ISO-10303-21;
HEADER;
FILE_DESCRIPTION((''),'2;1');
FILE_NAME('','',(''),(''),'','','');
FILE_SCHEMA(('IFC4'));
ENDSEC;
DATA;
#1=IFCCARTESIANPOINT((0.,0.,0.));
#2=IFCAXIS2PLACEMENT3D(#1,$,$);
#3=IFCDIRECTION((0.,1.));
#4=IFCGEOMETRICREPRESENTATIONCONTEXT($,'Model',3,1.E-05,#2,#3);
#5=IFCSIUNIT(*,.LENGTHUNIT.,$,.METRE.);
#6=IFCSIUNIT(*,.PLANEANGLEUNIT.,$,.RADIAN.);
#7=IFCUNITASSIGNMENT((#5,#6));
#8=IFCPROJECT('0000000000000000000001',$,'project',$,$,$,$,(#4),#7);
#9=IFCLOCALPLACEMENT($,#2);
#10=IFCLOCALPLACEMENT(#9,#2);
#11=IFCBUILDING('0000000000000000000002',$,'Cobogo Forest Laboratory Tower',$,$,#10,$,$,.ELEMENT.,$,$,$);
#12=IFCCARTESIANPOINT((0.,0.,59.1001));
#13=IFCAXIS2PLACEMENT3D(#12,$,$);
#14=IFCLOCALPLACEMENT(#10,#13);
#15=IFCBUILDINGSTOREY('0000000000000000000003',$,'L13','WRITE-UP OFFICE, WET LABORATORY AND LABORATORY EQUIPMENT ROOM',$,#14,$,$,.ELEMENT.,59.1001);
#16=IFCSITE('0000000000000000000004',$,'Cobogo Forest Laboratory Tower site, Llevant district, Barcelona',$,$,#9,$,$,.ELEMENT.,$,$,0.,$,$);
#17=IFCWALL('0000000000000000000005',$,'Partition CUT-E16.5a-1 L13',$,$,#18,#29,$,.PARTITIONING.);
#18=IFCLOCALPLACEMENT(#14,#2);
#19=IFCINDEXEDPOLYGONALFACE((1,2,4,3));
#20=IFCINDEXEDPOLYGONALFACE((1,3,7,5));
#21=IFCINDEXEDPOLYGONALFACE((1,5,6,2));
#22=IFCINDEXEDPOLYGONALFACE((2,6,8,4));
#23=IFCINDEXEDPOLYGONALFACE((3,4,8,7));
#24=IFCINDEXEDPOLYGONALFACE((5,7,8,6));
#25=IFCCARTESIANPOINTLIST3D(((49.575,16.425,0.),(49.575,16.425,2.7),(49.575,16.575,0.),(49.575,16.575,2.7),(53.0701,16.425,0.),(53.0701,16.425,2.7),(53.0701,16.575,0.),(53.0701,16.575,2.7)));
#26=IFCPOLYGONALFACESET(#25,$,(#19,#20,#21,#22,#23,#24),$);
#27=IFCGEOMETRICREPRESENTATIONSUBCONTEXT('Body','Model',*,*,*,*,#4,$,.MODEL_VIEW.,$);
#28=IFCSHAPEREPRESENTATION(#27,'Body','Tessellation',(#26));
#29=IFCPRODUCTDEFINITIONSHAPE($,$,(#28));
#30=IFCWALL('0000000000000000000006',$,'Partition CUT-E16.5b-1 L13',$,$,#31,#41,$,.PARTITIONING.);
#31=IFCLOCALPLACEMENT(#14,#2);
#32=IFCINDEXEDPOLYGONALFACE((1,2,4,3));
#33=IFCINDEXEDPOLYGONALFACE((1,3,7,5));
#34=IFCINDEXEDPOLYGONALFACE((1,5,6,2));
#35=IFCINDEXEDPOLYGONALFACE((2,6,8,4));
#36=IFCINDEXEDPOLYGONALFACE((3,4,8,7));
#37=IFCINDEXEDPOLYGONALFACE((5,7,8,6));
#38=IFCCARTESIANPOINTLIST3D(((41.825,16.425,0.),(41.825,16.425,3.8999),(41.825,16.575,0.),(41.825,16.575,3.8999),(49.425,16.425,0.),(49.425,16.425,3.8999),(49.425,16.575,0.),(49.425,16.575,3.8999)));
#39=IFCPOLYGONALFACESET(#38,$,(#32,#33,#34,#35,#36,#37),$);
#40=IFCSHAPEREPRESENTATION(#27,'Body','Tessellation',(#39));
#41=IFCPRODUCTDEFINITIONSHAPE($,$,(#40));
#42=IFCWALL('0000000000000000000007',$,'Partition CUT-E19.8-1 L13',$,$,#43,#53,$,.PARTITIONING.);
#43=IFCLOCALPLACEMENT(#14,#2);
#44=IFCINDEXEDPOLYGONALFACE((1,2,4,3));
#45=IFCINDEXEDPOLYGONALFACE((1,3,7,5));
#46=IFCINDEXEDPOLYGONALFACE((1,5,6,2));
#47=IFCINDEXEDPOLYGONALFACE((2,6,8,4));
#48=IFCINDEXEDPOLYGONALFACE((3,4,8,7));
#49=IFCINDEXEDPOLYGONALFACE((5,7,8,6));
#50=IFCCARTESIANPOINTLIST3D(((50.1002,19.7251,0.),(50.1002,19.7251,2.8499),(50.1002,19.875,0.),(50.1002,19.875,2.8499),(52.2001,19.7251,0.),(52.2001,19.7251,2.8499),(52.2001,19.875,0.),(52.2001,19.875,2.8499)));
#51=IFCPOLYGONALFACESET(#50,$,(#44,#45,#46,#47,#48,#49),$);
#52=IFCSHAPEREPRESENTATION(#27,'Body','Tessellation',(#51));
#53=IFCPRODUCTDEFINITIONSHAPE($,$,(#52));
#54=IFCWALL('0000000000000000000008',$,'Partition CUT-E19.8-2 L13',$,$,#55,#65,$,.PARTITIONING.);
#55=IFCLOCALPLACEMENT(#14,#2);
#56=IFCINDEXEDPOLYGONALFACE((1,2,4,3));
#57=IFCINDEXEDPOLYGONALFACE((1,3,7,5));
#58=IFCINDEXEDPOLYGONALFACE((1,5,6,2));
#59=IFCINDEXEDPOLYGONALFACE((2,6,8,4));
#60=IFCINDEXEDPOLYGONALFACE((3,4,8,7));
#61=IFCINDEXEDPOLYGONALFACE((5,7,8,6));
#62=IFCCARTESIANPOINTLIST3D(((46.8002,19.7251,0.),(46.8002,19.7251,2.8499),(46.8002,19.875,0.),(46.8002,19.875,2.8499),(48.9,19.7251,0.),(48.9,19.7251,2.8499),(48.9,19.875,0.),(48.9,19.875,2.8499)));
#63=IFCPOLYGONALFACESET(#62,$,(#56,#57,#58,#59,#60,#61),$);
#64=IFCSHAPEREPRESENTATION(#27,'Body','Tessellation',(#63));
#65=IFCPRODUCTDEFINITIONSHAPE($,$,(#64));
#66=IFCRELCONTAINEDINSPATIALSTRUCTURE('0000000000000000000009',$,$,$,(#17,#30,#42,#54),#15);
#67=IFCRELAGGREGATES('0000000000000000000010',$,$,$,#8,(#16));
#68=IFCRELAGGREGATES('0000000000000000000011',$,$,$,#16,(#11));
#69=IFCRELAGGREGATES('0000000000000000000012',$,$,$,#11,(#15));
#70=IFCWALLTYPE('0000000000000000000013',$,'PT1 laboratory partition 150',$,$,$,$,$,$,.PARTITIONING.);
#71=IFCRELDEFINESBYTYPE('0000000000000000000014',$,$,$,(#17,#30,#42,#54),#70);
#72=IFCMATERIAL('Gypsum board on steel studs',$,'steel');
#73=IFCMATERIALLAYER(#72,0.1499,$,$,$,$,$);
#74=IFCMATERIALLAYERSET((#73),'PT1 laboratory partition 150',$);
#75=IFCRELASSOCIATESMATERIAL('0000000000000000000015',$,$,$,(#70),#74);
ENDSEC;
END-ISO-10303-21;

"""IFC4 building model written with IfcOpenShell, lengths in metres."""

from ifc_helpers import new_model, si_unit, direction, frame, frame_2d, origin, place, context, subcontext, project, spatial, rectangle, extrude, material, layer, layer_set, type_object, element, save


model = new_model("IFC4")

# Units and contexts
model_context = context("Model", 3, precision=1e-05, world=origin(), true_north=direction((0.0, 1.0)))
body_context = subcontext(model_context, "Body", "Model", "MODEL_VIEW")
ifc_project = project(units=[si_unit("LENGTHUNIT", "METRE"), si_unit("PLANEANGLEUNIT", "RADIAN")], contexts=[model_context])

# Site, building, storey
site_placement = place(None, origin())
site = spatial("IfcSite", under=ifc_project, at=site_placement, Name="Cobogo Forest Laboratory Tower site, Llevant district, Barcelona", CompositionType="ELEMENT", RefElevation=0.0)
building_placement = place(site_placement, origin())
building = spatial("IfcBuilding", under=site, at=building_placement, Name="Cobogo Forest Laboratory Tower", CompositionType="ELEMENT")
storey_placement = place(building_placement, frame((0.0, 0.0, 59.1001)))
storey = spatial("IfcBuildingStorey", under=building, at=storey_placement, Name="L13", Description="WRITE-UP OFFICE, WET LABORATORY AND LABORATORY EQUIPMENT ROOM", CompositionType="ELEMENT", Elevation=59.1001)

# Walls
ifc_material_1 = material(Name="Gypsum board on steel studs", Category="steel")
ifc_layer_1 = layer(ifc_material_1, 0.1499)
ifc_layer_set_1 = layer_set([ifc_layer_1], Name="PT1 laboratory partition 150")
wall_type = type_object("IfcWallType", Name="PT1 laboratory partition 150", PredefinedType="PARTITIONING", material=ifc_layer_set_1)
wall_1_placement = place(storey_placement, frame((53.0701, 16.5, 0.0), z_axis=(0.0, 0.0, 1.0), x_axis=(-1.0, 0.0, 0.0)))
element("IfcWall", 1, at=wall_1_placement, inside=storey, type_object=wall_type, Name="Partition CUT-E16.5a-1 L13", PredefinedType="PARTITIONING", context=body_context, shape_type="SweptSolid", body=[
    extrude(rectangle(XDim=3.4951, YDim=0.1499, at=frame_2d((1.7476, 0.0))), origin(), (0.0, 0.0, 1.0), 2.7),
])
wall_2_placement = place(storey_placement, frame((49.425, 16.5, 0.0), z_axis=(0.0, 0.0, 1.0), x_axis=(-1.0, 0.0, 0.0)))
element("IfcWall", 2, at=wall_2_placement, inside=storey, type_object=wall_type, Name="Partition CUT-E16.5b-1 L13", PredefinedType="PARTITIONING", context=body_context, shape_type="SweptSolid", body=[
    extrude(rectangle(XDim=7.6001, YDim=0.1499, at=frame_2d((3.8, 0.0))), origin(), (0.0, 0.0, 1.0), 3.8999),
])
for number, where, z_axis, x_axis, name in (
    (3, (52.2, 19.8, 0.0), (0.0, 0.0, 1.0), (-1.0, 0.0, 0.0), "Partition CUT-E19.8-1 L13"),
    (4, (48.8999, 19.8, 0.0), (0.0, 0.0, 1.0), (-1.0, 0.0, 0.0), "Partition CUT-E19.8-2 L13"),
):
    element("IfcWall", number, at=place(storey_placement, frame(where, z_axis=z_axis, x_axis=x_axis)), inside=storey, type_object=wall_type, Name=name, PredefinedType="PARTITIONING", context=body_context, shape_type="SweptSolid", body=[
        extrude(rectangle(XDim=2.0999, YDim=0.1499, at=frame_2d((1.0498, 0.0))), origin(), (0.0, 0.0, 1.0), 2.8499),
    ])

save(model, "model.ifc")
